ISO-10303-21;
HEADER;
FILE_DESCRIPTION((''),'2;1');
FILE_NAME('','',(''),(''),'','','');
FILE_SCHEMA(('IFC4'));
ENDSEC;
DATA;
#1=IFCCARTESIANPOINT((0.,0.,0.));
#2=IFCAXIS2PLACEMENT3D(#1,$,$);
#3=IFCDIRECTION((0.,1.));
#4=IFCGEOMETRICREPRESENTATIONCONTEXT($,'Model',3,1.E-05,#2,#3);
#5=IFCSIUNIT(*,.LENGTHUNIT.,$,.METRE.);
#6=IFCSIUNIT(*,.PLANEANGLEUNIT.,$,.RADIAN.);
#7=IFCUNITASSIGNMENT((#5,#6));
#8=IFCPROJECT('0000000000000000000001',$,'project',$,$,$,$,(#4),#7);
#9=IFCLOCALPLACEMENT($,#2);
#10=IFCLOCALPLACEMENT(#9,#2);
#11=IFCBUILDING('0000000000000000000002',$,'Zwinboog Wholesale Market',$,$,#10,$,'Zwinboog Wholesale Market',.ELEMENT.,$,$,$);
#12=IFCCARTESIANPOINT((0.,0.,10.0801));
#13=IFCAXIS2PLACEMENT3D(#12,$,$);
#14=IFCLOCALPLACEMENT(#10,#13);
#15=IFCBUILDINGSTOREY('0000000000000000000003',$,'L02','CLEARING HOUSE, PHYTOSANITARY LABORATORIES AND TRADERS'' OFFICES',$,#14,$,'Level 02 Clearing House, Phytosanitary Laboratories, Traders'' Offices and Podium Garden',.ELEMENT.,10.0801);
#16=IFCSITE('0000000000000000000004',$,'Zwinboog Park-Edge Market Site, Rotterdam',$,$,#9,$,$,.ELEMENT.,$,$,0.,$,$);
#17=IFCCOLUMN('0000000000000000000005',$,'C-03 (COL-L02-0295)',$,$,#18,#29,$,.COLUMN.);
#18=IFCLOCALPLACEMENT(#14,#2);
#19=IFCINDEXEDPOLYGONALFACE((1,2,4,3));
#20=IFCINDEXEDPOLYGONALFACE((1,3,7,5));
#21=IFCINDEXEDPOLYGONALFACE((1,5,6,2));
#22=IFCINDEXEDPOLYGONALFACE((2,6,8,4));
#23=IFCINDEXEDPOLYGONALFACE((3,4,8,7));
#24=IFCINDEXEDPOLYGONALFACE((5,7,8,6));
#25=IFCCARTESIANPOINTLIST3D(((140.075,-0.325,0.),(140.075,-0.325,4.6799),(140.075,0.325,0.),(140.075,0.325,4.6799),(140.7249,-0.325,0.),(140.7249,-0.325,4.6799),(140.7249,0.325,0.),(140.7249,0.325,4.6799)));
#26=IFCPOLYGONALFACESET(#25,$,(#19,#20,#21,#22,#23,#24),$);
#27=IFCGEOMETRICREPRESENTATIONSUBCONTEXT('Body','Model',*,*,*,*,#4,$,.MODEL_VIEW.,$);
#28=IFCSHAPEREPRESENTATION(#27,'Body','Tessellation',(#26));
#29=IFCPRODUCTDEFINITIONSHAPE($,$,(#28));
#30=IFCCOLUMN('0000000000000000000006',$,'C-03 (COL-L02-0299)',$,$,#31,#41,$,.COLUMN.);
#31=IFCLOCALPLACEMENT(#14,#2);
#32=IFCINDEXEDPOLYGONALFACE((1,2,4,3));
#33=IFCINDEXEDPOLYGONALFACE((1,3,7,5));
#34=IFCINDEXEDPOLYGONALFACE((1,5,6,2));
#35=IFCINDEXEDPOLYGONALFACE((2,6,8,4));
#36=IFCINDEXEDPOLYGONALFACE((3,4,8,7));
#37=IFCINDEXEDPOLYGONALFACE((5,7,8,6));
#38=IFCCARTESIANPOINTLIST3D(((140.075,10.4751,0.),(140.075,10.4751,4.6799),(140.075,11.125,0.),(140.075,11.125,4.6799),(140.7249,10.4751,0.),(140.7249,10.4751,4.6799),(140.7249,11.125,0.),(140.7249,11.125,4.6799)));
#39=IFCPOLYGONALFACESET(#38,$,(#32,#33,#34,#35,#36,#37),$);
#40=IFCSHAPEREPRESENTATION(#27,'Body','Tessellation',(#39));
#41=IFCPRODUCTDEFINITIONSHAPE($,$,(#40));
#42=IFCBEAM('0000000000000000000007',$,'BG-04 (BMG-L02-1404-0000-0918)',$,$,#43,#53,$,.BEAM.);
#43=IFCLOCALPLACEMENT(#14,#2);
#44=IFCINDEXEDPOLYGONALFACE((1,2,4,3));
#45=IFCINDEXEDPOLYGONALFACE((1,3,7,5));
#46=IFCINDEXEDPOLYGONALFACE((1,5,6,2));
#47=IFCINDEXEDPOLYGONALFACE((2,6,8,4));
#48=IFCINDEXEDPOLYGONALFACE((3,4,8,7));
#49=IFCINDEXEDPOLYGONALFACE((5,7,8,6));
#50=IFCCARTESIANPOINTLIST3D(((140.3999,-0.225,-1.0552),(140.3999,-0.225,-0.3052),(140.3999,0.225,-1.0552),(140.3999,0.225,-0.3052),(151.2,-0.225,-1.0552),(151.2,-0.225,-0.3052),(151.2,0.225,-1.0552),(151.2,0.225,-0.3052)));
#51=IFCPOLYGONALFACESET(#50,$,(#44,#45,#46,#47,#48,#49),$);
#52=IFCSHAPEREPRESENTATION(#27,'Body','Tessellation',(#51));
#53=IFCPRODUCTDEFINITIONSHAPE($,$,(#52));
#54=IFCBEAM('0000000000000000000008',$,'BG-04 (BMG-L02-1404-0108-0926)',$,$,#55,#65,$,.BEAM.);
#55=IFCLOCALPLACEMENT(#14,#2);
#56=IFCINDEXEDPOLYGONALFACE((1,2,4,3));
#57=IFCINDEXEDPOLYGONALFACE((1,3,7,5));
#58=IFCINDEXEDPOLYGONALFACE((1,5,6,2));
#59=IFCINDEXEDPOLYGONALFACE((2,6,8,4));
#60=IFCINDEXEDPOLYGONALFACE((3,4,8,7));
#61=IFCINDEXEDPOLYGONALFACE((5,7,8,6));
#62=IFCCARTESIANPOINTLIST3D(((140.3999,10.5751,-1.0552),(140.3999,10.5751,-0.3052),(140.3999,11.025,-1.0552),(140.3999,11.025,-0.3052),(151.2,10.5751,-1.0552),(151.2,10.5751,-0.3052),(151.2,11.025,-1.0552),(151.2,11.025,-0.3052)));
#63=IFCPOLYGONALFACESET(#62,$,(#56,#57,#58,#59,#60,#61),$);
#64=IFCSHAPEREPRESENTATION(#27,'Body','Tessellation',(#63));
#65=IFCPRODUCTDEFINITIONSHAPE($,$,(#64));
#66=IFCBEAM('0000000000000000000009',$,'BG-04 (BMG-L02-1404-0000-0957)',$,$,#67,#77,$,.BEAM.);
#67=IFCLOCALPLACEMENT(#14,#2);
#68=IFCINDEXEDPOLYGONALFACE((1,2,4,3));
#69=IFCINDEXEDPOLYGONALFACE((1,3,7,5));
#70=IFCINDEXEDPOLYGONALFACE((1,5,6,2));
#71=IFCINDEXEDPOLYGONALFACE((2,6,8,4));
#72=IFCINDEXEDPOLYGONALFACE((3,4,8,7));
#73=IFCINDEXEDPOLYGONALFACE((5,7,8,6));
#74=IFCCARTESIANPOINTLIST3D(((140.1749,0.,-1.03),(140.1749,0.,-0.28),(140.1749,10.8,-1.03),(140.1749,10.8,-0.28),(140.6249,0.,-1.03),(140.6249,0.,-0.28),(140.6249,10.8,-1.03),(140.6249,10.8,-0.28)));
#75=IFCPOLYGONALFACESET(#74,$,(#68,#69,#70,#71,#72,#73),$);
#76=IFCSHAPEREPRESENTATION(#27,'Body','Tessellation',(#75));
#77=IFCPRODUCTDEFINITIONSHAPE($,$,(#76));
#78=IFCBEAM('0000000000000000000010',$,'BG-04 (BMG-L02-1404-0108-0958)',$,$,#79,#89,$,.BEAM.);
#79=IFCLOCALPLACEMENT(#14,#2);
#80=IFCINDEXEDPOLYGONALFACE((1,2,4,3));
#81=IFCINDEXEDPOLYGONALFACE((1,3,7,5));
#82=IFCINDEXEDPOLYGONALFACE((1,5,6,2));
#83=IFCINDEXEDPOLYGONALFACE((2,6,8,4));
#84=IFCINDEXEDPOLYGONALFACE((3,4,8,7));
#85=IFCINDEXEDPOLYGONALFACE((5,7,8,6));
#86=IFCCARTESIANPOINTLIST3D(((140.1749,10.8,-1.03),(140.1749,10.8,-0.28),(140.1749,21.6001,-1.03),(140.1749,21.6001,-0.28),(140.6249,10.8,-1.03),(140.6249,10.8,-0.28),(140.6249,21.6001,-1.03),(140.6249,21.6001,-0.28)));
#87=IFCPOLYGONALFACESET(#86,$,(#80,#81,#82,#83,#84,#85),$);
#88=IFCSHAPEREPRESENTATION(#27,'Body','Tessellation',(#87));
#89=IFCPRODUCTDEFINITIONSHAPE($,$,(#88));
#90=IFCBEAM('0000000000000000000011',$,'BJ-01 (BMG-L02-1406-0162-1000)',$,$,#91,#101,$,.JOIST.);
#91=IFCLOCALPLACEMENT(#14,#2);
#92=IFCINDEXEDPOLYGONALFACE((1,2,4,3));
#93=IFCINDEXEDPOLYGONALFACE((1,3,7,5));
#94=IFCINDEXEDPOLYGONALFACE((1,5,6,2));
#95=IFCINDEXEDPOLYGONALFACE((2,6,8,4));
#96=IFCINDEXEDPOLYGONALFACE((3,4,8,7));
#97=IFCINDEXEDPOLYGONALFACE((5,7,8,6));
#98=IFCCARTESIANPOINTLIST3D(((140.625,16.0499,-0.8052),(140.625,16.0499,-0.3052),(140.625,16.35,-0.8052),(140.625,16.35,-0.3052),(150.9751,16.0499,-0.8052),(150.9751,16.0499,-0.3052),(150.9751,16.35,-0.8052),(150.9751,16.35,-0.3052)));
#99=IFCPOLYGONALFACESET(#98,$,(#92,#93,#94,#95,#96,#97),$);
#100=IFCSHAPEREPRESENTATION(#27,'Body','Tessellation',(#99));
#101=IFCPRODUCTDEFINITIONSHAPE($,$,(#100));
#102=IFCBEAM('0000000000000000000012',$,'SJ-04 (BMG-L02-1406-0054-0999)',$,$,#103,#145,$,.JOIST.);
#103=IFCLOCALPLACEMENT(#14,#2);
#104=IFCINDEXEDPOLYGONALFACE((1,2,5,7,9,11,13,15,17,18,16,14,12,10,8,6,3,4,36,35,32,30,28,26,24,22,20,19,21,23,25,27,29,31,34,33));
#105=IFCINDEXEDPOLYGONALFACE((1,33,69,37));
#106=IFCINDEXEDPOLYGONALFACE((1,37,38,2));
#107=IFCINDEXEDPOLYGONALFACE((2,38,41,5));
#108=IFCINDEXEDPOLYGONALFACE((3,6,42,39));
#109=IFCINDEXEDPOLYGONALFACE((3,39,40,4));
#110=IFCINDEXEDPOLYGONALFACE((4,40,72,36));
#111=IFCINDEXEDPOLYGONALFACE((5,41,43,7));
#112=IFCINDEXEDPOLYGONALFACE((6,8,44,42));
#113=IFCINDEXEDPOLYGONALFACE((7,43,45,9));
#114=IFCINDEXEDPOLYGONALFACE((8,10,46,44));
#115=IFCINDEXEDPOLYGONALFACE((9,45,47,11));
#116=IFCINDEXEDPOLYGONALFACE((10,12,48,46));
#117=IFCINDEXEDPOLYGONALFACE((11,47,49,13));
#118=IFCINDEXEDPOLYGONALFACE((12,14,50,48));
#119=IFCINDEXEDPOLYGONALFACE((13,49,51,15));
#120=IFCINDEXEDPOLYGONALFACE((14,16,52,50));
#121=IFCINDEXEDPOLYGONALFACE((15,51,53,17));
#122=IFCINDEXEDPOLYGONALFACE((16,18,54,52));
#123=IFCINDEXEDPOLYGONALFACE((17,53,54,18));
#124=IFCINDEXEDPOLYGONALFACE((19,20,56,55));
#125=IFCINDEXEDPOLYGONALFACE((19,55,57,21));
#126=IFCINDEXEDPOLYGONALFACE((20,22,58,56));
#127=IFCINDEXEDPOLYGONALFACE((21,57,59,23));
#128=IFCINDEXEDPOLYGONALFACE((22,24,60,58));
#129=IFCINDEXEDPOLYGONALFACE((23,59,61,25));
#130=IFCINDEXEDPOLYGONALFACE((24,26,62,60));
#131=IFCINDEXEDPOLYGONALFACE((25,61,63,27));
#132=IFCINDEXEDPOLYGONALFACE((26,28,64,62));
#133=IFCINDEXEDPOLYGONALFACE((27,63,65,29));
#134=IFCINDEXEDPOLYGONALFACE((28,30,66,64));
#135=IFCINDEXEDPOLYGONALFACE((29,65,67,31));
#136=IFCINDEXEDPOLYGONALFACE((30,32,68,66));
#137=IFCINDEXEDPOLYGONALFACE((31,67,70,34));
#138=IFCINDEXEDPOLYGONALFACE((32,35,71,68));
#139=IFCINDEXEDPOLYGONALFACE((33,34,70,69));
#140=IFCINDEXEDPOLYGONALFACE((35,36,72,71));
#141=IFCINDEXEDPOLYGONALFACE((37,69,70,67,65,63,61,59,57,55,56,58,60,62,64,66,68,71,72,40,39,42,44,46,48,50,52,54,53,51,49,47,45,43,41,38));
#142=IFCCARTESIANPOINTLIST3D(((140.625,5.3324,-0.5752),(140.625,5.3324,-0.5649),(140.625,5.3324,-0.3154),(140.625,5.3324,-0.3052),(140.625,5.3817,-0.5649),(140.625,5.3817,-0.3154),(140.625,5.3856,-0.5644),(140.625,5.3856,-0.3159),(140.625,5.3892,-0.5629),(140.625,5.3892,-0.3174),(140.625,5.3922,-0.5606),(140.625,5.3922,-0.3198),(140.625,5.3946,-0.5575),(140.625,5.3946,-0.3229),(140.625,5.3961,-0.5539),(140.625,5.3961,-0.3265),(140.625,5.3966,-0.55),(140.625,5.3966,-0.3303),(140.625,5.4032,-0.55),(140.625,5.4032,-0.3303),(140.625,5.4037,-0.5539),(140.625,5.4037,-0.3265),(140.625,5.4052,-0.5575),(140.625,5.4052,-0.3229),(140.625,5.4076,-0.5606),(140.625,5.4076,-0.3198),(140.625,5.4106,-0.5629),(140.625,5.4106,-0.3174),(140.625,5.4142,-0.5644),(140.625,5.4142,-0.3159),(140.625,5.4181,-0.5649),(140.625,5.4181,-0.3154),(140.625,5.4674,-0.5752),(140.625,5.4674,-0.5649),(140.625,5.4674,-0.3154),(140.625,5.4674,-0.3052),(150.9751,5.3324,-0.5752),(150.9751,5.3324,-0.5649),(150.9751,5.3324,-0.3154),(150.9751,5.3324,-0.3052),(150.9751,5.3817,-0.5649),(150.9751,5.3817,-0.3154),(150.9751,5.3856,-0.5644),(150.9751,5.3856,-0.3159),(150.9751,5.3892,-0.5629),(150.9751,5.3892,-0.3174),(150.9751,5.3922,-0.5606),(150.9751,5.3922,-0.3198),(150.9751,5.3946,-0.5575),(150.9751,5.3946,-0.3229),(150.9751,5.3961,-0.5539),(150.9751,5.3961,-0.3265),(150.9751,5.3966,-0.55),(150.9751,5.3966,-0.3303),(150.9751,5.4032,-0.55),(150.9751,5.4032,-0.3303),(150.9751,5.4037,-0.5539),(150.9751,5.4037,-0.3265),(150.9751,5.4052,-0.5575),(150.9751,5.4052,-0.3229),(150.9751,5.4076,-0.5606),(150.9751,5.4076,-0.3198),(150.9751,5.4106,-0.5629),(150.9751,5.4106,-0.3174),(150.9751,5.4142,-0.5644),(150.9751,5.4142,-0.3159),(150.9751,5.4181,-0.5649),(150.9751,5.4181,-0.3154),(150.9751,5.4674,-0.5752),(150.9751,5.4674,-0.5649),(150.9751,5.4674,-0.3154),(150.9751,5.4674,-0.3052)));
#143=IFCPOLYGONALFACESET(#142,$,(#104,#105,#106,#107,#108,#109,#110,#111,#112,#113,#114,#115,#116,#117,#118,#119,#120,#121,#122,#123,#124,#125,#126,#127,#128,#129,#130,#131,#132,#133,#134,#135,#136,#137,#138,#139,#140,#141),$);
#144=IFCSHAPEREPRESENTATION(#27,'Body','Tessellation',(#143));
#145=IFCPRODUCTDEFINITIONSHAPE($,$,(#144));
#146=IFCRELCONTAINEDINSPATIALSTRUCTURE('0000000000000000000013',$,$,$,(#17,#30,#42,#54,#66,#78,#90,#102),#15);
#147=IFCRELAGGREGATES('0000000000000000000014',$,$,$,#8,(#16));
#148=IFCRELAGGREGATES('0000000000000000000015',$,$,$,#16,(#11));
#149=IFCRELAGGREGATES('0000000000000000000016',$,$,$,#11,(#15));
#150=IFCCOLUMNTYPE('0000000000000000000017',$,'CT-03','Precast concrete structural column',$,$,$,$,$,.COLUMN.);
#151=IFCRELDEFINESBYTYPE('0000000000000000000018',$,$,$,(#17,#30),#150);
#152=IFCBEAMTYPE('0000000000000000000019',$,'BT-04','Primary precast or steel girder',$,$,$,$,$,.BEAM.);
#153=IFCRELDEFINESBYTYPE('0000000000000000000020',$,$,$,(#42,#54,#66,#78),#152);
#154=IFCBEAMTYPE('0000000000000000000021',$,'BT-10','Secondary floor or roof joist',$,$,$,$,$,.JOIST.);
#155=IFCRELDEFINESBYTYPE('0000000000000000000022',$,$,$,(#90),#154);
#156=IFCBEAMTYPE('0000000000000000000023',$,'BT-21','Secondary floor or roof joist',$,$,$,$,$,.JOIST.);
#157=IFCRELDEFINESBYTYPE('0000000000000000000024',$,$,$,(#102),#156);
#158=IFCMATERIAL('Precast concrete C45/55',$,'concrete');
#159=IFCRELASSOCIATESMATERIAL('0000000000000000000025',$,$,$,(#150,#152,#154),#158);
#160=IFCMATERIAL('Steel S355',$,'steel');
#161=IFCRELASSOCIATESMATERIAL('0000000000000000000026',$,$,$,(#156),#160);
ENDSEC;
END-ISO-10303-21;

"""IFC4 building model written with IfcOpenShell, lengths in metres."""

from ifc_helpers import new_model, si_unit, direction, frame, origin, origin_2d, place, context, subcontext, project, spatial, rectangle, i_section, extrude, material, material_profile, profile_set, type_object, element, save


model = new_model("IFC4")

# Units and contexts
model_context = context("Model", 3, precision=1e-05, world=origin(), true_north=direction((0.0, 1.0)))
body_context = subcontext(model_context, "Body", "Model", "MODEL_VIEW")
ifc_project = project(units=[si_unit("LENGTHUNIT", "METRE"), si_unit("PLANEANGLEUNIT", "RADIAN")], contexts=[model_context])

# Site, building, storey
site_placement = place(None, origin())
site = spatial("IfcSite", under=ifc_project, at=site_placement, Name="Zwinboog Park-Edge Market Site, Rotterdam", CompositionType="ELEMENT", RefElevation=0.0)
building_placement = place(site_placement, origin())
building = spatial("IfcBuilding", under=site, at=building_placement, Name="Zwinboog Wholesale Market", LongName="Zwinboog Wholesale Market", CompositionType="ELEMENT")
storey_placement = place(building_placement, frame((0.0, 0.0, 10.0801)))
storey = spatial("IfcBuildingStorey", under=building, at=storey_placement, Name="L02", Description="CLEARING HOUSE, PHYTOSANITARY LABORATORIES AND TRADERS' OFFICES", LongName="Level 02 Clearing House, Phytosanitary Laboratories, Traders' Offices and Podium Garden", CompositionType="ELEMENT", Elevation=10.0801)

# Columns
ifc_material_1 = material(Name="Precast concrete C45/55", Category="concrete")
ifc_material_profile_1 = material_profile(ifc_material_1, rectangle(XDim=0.6499, YDim=0.6499, at=origin_2d()), Name="PC 650x650")
ifc_profile_set_1 = profile_set([ifc_material_profile_1], Name="Precast concrete C45/55")
column_type = type_object("IfcColumnType", Name="CT-03", Description="Precast concrete structural column", PredefinedType="COLUMN", material=ifc_profile_set_1)
for number, where, z_axis, x_axis, name in (
    (1, (140.3999, 0.0, 0.0), (0.0, 0.0, 1.0), (1.0, 0.0, 0.0), "C-03 (COL-L02-0295)"),
    (2, (140.3999, 10.8, 0.0), (0.0, 0.0, 1.0), (1.0, 0.0, 0.0), "C-03 (COL-L02-0299)"),
):
    element("IfcColumn", number, at=place(storey_placement, frame(where, z_axis=z_axis, x_axis=x_axis)), inside=storey, type_object=column_type, Name=name, PredefinedType="COLUMN", context=body_context, shape_type="SweptSolid", body=[
        extrude(rectangle(XDim=0.6499, YDim=0.6499, at=origin_2d()), origin(), (0.0, 0.0, 1.0), 4.6799),
    ])

# Beams
ifc_material_profile_2 = material_profile(ifc_material_1, rectangle(XDim=0.45, YDim=0.75, at=origin_2d()), Name="PC 450x750")
ifc_profile_set_2 = profile_set([ifc_material_profile_2], Name="Precast concrete C45/55")
beam_type_1 = type_object("IfcBeamType", Name="BT-04", Description="Primary precast or steel girder", PredefinedType="BEAM", material=ifc_profile_set_2)
for number, where, z_axis, x_axis, name in (
    (3, (140.3999, 0.0, -0.6802), (1.0, 0.0, 0.0), (0.0, 1.0, 0.0), "BG-04 (BMG-L02-1404-0000-0918)"),
    (4, (140.3999, 10.8, -0.6802), (1.0, 0.0, 0.0), (0.0, 1.0, 0.0), "BG-04 (BMG-L02-1404-0108-0926)"),
    (5, (140.3999, 0.0, -0.655), (0.0, 1.0, 0.0), (-1.0, 0.0, 0.0), "BG-04 (BMG-L02-1404-0000-0957)"),
    (6, (140.3999, 10.8, -0.655), (0.0, 1.0, 0.0), (-1.0, 0.0, 0.0), "BG-04 (BMG-L02-1404-0108-0958)"),
):
    element("IfcBeam", number, at=place(storey_placement, frame(where, z_axis=z_axis, x_axis=x_axis)), inside=storey, type_object=beam_type_1, Name=name, PredefinedType="BEAM", context=body_context, shape_type="SweptSolid", body=[
        extrude(rectangle(XDim=0.45, YDim=0.75, at=origin_2d()), origin(), (0.0, 0.0, 1.0), 10.8),
    ])
ifc_material_profile_3 = material_profile(ifc_material_1, rectangle(XDim=0.3, YDim=0.5, at=origin_2d()), Name="PC 300x500")
ifc_profile_set_3 = profile_set([ifc_material_profile_3], Name="Precast concrete C45/55")
beam_type_2 = type_object("IfcBeamType", Name="BT-10", Description="Secondary floor or roof joist", PredefinedType="JOIST", material=ifc_profile_set_3)
beam_1_placement = place(storey_placement, frame((140.625, 16.2, -0.5552), z_axis=(1.0, 0.0, 0.0), x_axis=(0.0, 1.0, 0.0)))
element("IfcBeam", 7, at=beam_1_placement, inside=storey, type_object=beam_type_2, Name="BJ-01 (BMG-L02-1406-0162-1000)", PredefinedType="JOIST", context=body_context, shape_type="SweptSolid", body=[
    extrude(rectangle(XDim=0.3, YDim=0.5, at=origin_2d()), origin(), (0.0, 0.0, 1.0), 10.3501),
])
ifc_material_2 = material(Name="Steel S355", Category="steel")
ifc_material_profile_4 = material_profile(ifc_material_2, i_section(OverallWidth=0.135, OverallDepth=0.27, WebThickness=0.0066, FlangeThickness=0.0103, FilletRadius=0.0149, at=origin_2d()), Name="IPE 270")
ifc_profile_set_4 = profile_set([ifc_material_profile_4], Name="Steel S355")
beam_type_3 = type_object("IfcBeamType", Name="BT-21", Description="Secondary floor or roof joist", PredefinedType="JOIST", material=ifc_profile_set_4)
beam_2_placement = place(storey_placement, frame((140.625, 5.3999, -0.4402), z_axis=(1.0, 0.0, 0.0), x_axis=(0.0, 1.0, 0.0)))
element("IfcBeam", 8, at=beam_2_placement, inside=storey, type_object=beam_type_3, Name="SJ-04 (BMG-L02-1406-0054-0999)", PredefinedType="JOIST", context=body_context, shape_type="SweptSolid", body=[
    extrude(i_section(OverallWidth=0.135, OverallDepth=0.27, WebThickness=0.0066, FlangeThickness=0.0103, FilletRadius=0.0149, at=origin_2d()), origin(), (0.0, 0.0, 1.0), 10.3501),
])

save(model, "model.ifc")
